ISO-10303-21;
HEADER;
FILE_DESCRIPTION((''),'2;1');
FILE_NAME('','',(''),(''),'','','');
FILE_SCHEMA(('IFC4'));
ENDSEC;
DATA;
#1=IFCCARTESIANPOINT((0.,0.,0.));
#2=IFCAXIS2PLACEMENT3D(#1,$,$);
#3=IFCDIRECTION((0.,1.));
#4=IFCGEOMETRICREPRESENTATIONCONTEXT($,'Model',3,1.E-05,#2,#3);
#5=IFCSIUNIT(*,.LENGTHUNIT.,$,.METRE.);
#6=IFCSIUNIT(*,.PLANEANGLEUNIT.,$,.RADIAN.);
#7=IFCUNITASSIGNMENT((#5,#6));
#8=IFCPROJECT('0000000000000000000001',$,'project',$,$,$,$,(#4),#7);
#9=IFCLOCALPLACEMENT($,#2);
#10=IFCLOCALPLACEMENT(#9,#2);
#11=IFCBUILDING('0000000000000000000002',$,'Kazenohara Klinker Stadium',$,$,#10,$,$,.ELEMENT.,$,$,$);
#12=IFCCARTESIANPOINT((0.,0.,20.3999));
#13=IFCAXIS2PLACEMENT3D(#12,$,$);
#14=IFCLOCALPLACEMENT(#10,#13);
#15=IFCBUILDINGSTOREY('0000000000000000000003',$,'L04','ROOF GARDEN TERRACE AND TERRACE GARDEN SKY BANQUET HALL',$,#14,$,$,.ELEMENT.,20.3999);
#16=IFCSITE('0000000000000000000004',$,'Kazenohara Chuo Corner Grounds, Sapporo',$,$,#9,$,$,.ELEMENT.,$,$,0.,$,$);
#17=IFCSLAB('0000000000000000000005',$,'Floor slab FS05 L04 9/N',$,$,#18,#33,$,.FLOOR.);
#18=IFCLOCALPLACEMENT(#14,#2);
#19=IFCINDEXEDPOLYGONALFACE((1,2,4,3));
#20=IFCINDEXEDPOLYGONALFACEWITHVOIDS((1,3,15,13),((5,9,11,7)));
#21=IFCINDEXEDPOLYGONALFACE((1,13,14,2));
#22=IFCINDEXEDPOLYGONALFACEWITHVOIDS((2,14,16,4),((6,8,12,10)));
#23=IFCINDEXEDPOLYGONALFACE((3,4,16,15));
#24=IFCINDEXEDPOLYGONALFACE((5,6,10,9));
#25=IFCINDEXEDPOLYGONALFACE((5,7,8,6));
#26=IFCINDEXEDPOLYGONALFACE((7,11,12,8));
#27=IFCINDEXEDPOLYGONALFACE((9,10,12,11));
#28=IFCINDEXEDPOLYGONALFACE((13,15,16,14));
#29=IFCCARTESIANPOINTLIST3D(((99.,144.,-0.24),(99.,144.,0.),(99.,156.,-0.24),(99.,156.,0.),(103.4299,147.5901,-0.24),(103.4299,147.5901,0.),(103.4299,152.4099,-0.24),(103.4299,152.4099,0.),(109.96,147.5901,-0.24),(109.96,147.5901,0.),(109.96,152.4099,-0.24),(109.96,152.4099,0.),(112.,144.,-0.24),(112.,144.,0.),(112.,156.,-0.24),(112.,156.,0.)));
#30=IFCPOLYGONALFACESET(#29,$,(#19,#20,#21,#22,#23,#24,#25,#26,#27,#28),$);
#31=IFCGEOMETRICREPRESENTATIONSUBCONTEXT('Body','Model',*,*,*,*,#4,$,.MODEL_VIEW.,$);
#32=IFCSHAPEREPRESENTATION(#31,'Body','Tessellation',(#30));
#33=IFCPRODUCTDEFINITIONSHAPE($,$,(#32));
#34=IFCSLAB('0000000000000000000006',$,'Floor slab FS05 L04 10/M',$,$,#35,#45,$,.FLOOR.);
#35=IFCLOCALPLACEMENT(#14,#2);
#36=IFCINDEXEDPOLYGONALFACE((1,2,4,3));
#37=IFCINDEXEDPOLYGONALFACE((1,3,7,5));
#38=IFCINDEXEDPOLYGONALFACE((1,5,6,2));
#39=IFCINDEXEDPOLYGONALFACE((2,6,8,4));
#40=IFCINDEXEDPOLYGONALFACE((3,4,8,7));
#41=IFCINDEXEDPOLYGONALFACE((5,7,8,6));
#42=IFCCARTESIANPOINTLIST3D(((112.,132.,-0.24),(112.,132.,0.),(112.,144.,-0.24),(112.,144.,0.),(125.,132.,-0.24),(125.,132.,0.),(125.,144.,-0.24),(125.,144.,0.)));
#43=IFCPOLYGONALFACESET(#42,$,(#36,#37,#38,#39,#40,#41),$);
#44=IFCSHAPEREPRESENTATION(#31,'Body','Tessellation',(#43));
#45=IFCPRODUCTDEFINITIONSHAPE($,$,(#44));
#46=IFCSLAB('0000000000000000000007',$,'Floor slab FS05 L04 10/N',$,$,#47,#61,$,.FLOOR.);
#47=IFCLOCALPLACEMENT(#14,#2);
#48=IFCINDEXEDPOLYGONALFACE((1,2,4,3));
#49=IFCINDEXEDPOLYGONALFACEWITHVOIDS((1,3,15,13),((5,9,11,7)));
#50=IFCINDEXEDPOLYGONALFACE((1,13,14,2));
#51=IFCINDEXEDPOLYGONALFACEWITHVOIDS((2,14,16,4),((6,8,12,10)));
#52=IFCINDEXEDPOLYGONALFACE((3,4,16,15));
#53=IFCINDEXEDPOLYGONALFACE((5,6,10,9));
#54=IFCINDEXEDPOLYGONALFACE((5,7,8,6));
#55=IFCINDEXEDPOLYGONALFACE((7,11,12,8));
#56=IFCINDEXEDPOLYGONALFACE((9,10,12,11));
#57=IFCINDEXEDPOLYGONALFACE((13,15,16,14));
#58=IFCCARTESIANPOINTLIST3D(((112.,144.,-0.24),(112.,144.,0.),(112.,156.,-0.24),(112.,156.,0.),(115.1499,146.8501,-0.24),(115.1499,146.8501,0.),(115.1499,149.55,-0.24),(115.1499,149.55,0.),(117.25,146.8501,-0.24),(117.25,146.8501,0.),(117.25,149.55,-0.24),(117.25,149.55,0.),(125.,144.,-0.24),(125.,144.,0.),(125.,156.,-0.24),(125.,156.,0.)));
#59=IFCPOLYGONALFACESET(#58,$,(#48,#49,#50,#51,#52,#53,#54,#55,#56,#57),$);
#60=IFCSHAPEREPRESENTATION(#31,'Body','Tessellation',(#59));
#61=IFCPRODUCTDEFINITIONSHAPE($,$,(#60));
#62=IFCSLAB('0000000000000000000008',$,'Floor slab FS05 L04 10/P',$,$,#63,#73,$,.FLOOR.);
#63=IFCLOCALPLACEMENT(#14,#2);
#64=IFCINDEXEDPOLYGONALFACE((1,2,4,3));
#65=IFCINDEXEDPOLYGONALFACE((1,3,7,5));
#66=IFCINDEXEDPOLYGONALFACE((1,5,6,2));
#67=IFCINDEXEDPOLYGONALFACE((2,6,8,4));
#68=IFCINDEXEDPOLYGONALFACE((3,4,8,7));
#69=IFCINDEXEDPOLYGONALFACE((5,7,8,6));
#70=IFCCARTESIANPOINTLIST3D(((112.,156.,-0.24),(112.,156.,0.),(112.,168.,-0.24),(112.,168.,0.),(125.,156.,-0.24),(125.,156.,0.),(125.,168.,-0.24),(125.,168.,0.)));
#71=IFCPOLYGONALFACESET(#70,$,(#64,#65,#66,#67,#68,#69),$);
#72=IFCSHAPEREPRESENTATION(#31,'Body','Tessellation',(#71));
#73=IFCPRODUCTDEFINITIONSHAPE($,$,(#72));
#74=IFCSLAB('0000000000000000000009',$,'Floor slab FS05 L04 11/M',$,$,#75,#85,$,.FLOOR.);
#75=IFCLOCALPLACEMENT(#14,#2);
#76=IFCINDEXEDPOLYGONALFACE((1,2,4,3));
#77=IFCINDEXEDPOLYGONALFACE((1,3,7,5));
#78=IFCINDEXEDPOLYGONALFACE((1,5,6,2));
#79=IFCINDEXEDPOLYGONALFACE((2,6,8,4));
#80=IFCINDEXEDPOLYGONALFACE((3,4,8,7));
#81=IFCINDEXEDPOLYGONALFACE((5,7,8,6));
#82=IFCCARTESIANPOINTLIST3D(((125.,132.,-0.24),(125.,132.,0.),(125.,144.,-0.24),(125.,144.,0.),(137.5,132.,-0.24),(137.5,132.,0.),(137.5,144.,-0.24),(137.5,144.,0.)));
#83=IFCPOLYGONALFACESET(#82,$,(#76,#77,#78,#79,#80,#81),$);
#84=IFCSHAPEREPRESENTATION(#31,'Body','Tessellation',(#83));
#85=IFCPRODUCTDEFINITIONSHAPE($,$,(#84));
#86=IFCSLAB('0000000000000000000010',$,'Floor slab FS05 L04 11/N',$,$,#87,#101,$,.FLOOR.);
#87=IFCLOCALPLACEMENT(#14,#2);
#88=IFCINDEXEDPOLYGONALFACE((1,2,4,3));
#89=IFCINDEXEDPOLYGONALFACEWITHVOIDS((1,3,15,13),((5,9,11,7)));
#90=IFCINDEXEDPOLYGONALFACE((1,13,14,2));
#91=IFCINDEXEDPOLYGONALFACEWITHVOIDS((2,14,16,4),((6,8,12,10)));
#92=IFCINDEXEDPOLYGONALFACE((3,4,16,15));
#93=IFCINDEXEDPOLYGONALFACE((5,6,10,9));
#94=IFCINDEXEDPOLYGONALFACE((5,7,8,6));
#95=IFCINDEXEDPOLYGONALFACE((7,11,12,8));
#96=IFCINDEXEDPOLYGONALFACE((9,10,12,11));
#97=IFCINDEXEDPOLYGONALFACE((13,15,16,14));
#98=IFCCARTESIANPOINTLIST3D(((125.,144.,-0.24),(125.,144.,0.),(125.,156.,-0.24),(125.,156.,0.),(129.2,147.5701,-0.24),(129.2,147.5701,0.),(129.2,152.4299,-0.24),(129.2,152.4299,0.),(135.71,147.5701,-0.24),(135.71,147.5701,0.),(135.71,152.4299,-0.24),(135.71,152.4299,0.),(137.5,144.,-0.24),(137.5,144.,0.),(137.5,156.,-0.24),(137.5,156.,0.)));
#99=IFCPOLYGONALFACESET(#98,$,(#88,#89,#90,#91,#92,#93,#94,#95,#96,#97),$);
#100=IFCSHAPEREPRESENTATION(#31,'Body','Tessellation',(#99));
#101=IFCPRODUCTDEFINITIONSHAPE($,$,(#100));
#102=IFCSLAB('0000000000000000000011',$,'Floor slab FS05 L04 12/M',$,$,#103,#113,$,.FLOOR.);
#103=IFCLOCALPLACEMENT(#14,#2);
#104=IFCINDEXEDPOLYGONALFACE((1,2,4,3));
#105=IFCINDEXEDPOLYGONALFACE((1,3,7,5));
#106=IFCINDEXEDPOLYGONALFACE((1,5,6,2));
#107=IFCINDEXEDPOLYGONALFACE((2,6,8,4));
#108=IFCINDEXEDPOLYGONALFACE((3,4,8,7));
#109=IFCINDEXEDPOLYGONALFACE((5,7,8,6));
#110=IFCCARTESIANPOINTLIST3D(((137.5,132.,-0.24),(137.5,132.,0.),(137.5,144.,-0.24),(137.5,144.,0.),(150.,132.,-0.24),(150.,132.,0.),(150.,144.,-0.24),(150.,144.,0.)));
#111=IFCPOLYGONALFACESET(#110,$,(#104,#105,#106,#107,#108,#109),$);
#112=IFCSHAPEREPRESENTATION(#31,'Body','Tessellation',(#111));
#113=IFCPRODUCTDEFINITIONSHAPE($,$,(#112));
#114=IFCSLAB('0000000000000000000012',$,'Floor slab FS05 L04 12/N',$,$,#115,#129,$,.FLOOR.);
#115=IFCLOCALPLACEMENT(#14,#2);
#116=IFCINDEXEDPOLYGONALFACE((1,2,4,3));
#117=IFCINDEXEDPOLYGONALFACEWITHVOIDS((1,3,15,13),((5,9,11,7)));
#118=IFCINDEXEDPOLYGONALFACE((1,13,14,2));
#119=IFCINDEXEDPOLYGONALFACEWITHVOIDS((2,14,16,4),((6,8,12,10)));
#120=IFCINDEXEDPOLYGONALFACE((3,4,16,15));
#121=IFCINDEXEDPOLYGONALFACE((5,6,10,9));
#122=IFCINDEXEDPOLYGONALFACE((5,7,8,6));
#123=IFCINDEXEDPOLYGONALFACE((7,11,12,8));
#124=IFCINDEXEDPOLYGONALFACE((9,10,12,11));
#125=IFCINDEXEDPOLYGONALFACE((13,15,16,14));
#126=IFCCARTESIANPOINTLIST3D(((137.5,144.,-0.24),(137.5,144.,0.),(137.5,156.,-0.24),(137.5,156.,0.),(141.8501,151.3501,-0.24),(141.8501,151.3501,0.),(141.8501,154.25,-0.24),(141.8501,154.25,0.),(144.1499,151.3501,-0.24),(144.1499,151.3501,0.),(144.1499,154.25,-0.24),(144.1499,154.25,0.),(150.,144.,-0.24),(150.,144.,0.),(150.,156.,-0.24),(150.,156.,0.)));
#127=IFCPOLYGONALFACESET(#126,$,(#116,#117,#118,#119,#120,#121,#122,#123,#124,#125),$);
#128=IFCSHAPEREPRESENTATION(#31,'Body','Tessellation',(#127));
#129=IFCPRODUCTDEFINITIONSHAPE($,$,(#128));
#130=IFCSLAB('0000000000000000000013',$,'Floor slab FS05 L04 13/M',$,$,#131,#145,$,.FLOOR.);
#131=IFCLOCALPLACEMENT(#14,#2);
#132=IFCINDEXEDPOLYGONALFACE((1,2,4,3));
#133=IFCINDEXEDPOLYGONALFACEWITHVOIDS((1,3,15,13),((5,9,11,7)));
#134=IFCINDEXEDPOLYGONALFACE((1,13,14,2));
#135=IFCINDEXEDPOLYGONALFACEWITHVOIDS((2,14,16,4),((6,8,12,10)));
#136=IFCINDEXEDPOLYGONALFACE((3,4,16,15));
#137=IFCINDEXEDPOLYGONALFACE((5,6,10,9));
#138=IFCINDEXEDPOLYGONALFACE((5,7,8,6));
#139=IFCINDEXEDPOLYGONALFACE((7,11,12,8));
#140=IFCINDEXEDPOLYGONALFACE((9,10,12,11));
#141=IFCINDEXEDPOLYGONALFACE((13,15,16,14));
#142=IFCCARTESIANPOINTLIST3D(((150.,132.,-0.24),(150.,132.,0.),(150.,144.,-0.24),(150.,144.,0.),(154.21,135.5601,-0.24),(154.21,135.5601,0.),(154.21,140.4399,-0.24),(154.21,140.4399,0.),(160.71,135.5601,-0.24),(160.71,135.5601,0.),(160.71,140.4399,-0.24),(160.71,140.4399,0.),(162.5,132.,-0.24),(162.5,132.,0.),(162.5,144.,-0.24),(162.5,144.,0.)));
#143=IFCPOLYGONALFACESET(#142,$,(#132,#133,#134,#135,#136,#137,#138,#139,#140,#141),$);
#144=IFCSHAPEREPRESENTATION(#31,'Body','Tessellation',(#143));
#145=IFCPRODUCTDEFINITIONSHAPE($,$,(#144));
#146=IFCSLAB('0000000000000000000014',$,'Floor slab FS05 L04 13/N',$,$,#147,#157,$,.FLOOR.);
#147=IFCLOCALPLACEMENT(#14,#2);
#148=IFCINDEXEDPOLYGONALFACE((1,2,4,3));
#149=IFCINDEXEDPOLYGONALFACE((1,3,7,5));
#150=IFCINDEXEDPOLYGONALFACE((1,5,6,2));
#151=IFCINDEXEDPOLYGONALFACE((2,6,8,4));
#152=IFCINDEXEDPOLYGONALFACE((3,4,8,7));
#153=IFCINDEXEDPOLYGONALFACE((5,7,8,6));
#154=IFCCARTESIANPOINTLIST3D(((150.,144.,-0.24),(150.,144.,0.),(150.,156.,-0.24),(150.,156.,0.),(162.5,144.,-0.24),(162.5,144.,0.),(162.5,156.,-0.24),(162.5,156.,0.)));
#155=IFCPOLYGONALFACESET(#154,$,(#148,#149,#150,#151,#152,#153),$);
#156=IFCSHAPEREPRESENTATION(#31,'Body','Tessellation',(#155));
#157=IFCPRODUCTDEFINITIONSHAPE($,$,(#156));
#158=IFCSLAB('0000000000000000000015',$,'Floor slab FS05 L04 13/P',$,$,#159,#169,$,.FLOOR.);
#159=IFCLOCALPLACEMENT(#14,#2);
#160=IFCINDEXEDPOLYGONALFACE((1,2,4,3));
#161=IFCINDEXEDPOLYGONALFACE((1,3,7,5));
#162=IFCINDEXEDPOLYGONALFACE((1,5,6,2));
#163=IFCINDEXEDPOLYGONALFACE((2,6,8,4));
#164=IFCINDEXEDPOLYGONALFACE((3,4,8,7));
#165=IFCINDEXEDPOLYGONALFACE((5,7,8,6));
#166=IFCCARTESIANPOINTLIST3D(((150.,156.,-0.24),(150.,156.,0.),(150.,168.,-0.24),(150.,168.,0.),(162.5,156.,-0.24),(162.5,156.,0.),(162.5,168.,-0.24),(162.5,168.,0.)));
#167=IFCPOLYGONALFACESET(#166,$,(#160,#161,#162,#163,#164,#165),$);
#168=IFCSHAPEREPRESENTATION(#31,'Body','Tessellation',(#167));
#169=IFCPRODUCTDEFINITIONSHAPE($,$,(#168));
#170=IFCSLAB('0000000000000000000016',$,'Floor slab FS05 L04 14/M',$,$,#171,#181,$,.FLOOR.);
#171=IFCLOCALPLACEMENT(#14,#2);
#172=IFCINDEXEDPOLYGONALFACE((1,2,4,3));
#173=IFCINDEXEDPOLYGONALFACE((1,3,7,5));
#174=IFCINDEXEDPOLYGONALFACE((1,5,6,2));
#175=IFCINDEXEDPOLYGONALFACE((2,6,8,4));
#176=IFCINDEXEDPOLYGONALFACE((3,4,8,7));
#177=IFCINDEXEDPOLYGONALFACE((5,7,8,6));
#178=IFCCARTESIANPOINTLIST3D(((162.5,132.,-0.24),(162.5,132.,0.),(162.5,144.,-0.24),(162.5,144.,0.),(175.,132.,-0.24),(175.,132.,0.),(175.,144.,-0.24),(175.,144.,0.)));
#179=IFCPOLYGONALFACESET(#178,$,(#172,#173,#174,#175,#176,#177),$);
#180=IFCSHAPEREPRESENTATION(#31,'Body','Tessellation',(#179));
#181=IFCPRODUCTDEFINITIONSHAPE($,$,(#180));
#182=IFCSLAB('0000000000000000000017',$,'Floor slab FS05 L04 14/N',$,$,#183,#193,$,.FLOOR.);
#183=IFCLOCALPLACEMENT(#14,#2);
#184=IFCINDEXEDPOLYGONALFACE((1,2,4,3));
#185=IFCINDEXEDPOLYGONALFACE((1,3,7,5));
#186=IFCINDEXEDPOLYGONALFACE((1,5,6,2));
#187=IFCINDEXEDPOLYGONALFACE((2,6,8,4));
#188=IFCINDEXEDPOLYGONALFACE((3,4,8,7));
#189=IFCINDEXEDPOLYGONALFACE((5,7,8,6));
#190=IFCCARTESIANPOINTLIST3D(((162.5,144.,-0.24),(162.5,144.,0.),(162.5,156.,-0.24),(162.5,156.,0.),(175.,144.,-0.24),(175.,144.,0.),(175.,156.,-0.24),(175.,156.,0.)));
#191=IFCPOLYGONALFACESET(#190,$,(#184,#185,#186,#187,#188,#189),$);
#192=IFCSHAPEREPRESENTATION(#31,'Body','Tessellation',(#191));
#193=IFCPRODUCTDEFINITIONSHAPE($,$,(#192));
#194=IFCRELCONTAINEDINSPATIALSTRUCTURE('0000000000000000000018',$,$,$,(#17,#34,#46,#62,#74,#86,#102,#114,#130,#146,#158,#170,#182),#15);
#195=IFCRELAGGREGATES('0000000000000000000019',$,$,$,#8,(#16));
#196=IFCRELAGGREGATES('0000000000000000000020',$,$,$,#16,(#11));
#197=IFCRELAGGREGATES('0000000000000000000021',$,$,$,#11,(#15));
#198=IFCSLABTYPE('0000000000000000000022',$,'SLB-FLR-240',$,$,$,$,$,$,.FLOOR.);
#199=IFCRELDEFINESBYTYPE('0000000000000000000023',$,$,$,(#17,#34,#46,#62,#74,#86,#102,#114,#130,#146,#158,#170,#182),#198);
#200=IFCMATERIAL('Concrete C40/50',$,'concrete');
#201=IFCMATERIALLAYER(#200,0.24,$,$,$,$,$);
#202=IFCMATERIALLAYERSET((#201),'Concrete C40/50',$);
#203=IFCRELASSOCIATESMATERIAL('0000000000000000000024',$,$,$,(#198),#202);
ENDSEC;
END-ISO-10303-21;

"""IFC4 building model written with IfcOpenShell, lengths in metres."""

from ifc_helpers import new_model, si_unit, direction, frame, origin, place, context, subcontext, project, spatial, polyline, outline, extrude, material, layer, layer_set, type_object, element, save


model = new_model("IFC4")

# Units and contexts
model_context = context("Model", 3, precision=1e-05, world=origin(), true_north=direction((0.0, 1.0)))
body_context = subcontext(model_context, "Body", "Model", "MODEL_VIEW")
ifc_project = project(units=[si_unit("LENGTHUNIT", "METRE"), si_unit("PLANEANGLEUNIT", "RADIAN")], contexts=[model_context])

# Site, building, storey
site_placement = place(None, origin())
site = spatial("IfcSite", under=ifc_project, at=site_placement, Name="Kazenohara Chuo Corner Grounds, Sapporo", CompositionType="ELEMENT", RefElevation=0.0)
building_placement = place(site_placement, origin())
building = spatial("IfcBuilding", under=site, at=building_placement, Name="Kazenohara Klinker Stadium", CompositionType="ELEMENT")
storey_placement = place(building_placement, frame((0.0, 0.0, 20.3999)))
storey = spatial("IfcBuildingStorey", under=building, at=storey_placement, Name="L04", Description="ROOF GARDEN TERRACE AND TERRACE GARDEN SKY BANQUET HALL", CompositionType="ELEMENT", Elevation=20.3999)

# Slabs
ifc_material = material(Name="Concrete C40/50", Category="concrete")
ifc_layer = layer(ifc_material, 0.24)
ifc_layer_set = layer_set([ifc_layer], Name="Concrete C40/50")
slab_type = type_object("IfcSlabType", Name="SLB-FLR-240", PredefinedType="FLOOR", material=ifc_layer_set)
slab_1_placement = place(storey_placement, frame((0.0, 0.0, -0.24)))
element("IfcSlab", 1, at=slab_1_placement, inside=storey, type_object=slab_type, Name="Floor slab FS05 L04 9/N", PredefinedType="FLOOR", context=body_context, shape_type="SweptSolid", body=[
    extrude(outline(polyline([(99.0, 144.0), (112.0, 144.0), (112.0, 156.0), (99.0, 156.0), (99.0, 144.0)]), holes=[polyline([(103.4299, 147.5901), (109.96, 147.5901), (109.96, 152.4099), (103.4299, 152.4099), (103.4299, 147.5901)])]), origin(), (0.0, 0.0, 1.0), 0.24),
])
slab_2_placement = place(storey_placement, frame((0.0, 0.0, -0.24)))
element("IfcSlab", 2, at=slab_2_placement, inside=storey, type_object=slab_type, Name="Floor slab FS05 L04 10/M", PredefinedType="FLOOR", context=body_context, shape_type="SweptSolid", body=[
    extrude(outline(polyline([(112.0, 132.0), (125.0, 132.0), (125.0, 144.0), (112.0, 144.0), (112.0, 132.0)])), origin(), (0.0, 0.0, 1.0), 0.24),
])
slab_3_placement = place(storey_placement, frame((0.0, 0.0, -0.24)))
element("IfcSlab", 3, at=slab_3_placement, inside=storey, type_object=slab_type, Name="Floor slab FS05 L04 10/N", PredefinedType="FLOOR", context=body_context, shape_type="SweptSolid", body=[
    extrude(outline(polyline([(112.0, 144.0), (125.0, 144.0), (125.0, 156.0), (112.0, 156.0), (112.0, 144.0)]), holes=[polyline([(115.1499, 146.8501), (117.25, 146.8501), (117.25, 149.55), (115.1499, 149.55), (115.1499, 146.8501)])]), origin(), (0.0, 0.0, 1.0), 0.24),
])
slab_4_placement = place(storey_placement, frame((0.0, 0.0, -0.24)))
element("IfcSlab", 4, at=slab_4_placement, inside=storey, type_object=slab_type, Name="Floor slab FS05 L04 10/P", PredefinedType="FLOOR", context=body_context, shape_type="SweptSolid", body=[
    extrude(outline(polyline([(112.0, 156.0), (125.0, 156.0), (125.0, 168.0), (112.0, 168.0), (112.0, 156.0)])), origin(), (0.0, 0.0, 1.0), 0.24),
])
slab_5_placement = place(storey_placement, frame((0.0, 0.0, -0.24)))
element("IfcSlab", 5, at=slab_5_placement, inside=storey, type_object=slab_type, Name="Floor slab FS05 L04 11/M", PredefinedType="FLOOR", context=body_context, shape_type="SweptSolid", body=[
    extrude(outline(polyline([(125.0, 132.0), (137.5, 132.0), (137.5, 144.0), (125.0, 144.0), (125.0, 132.0)])), origin(), (0.0, 0.0, 1.0), 0.24),
])
slab_6_placement = place(storey_placement, frame((0.0, 0.0, -0.24)))
element("IfcSlab", 6, at=slab_6_placement, inside=storey, type_object=slab_type, Name="Floor slab FS05 L04 11/N", PredefinedType="FLOOR", context=body_context, shape_type="SweptSolid", body=[
    extrude(outline(polyline([(125.0, 144.0), (137.5, 144.0), (137.5, 156.0), (125.0, 156.0), (125.0, 144.0)]), holes=[polyline([(129.2, 147.5701), (135.71, 147.5701), (135.71, 152.4299), (129.2, 152.4299), (129.2, 147.5701)])]), origin(), (0.0, 0.0, 1.0), 0.24),
])
slab_7_placement = place(storey_placement, frame((0.0, 0.0, -0.24)))
element("IfcSlab", 7, at=slab_7_placement, inside=storey, type_object=slab_type, Name="Floor slab FS05 L04 12/M", PredefinedType="FLOOR", context=body_context, shape_type="SweptSolid", body=[
    extrude(outline(polyline([(137.5, 132.0), (150.0, 132.0), (150.0, 144.0), (137.5, 144.0), (137.5, 132.0)])), origin(), (0.0, 0.0, 1.0), 0.24),
])
slab_8_placement = place(storey_placement, frame((0.0, 0.0, -0.24)))
element("IfcSlab", 8, at=slab_8_placement, inside=storey, type_object=slab_type, Name="Floor slab FS05 L04 12/N", PredefinedType="FLOOR", context=body_context, shape_type="SweptSolid", body=[
    extrude(outline(polyline([(137.5, 144.0), (150.0, 144.0), (150.0, 156.0), (137.5, 156.0), (137.5, 144.0)]), holes=[polyline([(141.8501, 151.3501), (144.1499, 151.3501), (144.1499, 154.25), (141.8501, 154.25), (141.8501, 151.3501)])]), origin(), (0.0, 0.0, 1.0), 0.24),
])
slab_9_placement = place(storey_placement, frame((0.0, 0.0, -0.24)))
element("IfcSlab", 9, at=slab_9_placement, inside=storey, type_object=slab_type, Name="Floor slab FS05 L04 13/M", PredefinedType="FLOOR", context=body_context, shape_type="SweptSolid", body=[
    extrude(outline(polyline([(150.0, 132.0), (162.5, 132.0), (162.5, 144.0), (150.0, 144.0), (150.0, 132.0)]), holes=[polyline([(154.21, 135.5601), (160.71, 135.5601), (160.71, 140.4399), (154.21, 140.4399), (154.21, 135.5601)])]), origin(), (0.0, 0.0, 1.0), 0.24),
])
slab_10_placement = place(storey_placement, frame((0.0, 0.0, -0.24)))
element("IfcSlab", 10, at=slab_10_placement, inside=storey, type_object=slab_type, Name="Floor slab FS05 L04 13/N", PredefinedType="FLOOR", context=body_context, shape_type="SweptSolid", body=[
    extrude(outline(polyline([(150.0, 144.0), (162.5, 144.0), (162.5, 156.0), (150.0, 156.0), (150.0, 144.0)])), origin(), (0.0, 0.0, 1.0), 0.24),
])
slab_11_placement = place(storey_placement, frame((0.0, 0.0, -0.24)))
element("IfcSlab", 11, at=slab_11_placement, inside=storey, type_object=slab_type, Name="Floor slab FS05 L04 13/P", PredefinedType="FLOOR", context=body_context, shape_type="SweptSolid", body=[
    extrude(outline(polyline([(150.0, 156.0), (162.5, 156.0), (162.5, 168.0), (150.0, 168.0), (150.0, 156.0)])), origin(), (0.0, 0.0, 1.0), 0.24),
])
slab_12_placement = place(storey_placement, frame((0.0, 0.0, -0.24)))
element("IfcSlab", 12, at=slab_12_placement, inside=storey, type_object=slab_type, Name="Floor slab FS05 L04 14/M", PredefinedType="FLOOR", context=body_context, shape_type="SweptSolid", body=[
    extrude(outline(polyline([(162.5, 132.0), (175.0, 132.0), (175.0, 144.0), (162.5, 144.0), (162.5, 132.0)])), origin(), (0.0, 0.0, 1.0), 0.24),
])
slab_13_placement = place(storey_placement, frame((0.0, 0.0, -0.24)))
element("IfcSlab", 13, at=slab_13_placement, inside=storey, type_object=slab_type, Name="Floor slab FS05 L04 14/N", PredefinedType="FLOOR", context=body_context, shape_type="SweptSolid", body=[
    extrude(outline(polyline([(162.5, 144.0), (175.0, 144.0), (175.0, 156.0), (162.5, 156.0), (162.5, 144.0)])), origin(), (0.0, 0.0, 1.0), 0.24),
])

save(model, "model.ifc")
